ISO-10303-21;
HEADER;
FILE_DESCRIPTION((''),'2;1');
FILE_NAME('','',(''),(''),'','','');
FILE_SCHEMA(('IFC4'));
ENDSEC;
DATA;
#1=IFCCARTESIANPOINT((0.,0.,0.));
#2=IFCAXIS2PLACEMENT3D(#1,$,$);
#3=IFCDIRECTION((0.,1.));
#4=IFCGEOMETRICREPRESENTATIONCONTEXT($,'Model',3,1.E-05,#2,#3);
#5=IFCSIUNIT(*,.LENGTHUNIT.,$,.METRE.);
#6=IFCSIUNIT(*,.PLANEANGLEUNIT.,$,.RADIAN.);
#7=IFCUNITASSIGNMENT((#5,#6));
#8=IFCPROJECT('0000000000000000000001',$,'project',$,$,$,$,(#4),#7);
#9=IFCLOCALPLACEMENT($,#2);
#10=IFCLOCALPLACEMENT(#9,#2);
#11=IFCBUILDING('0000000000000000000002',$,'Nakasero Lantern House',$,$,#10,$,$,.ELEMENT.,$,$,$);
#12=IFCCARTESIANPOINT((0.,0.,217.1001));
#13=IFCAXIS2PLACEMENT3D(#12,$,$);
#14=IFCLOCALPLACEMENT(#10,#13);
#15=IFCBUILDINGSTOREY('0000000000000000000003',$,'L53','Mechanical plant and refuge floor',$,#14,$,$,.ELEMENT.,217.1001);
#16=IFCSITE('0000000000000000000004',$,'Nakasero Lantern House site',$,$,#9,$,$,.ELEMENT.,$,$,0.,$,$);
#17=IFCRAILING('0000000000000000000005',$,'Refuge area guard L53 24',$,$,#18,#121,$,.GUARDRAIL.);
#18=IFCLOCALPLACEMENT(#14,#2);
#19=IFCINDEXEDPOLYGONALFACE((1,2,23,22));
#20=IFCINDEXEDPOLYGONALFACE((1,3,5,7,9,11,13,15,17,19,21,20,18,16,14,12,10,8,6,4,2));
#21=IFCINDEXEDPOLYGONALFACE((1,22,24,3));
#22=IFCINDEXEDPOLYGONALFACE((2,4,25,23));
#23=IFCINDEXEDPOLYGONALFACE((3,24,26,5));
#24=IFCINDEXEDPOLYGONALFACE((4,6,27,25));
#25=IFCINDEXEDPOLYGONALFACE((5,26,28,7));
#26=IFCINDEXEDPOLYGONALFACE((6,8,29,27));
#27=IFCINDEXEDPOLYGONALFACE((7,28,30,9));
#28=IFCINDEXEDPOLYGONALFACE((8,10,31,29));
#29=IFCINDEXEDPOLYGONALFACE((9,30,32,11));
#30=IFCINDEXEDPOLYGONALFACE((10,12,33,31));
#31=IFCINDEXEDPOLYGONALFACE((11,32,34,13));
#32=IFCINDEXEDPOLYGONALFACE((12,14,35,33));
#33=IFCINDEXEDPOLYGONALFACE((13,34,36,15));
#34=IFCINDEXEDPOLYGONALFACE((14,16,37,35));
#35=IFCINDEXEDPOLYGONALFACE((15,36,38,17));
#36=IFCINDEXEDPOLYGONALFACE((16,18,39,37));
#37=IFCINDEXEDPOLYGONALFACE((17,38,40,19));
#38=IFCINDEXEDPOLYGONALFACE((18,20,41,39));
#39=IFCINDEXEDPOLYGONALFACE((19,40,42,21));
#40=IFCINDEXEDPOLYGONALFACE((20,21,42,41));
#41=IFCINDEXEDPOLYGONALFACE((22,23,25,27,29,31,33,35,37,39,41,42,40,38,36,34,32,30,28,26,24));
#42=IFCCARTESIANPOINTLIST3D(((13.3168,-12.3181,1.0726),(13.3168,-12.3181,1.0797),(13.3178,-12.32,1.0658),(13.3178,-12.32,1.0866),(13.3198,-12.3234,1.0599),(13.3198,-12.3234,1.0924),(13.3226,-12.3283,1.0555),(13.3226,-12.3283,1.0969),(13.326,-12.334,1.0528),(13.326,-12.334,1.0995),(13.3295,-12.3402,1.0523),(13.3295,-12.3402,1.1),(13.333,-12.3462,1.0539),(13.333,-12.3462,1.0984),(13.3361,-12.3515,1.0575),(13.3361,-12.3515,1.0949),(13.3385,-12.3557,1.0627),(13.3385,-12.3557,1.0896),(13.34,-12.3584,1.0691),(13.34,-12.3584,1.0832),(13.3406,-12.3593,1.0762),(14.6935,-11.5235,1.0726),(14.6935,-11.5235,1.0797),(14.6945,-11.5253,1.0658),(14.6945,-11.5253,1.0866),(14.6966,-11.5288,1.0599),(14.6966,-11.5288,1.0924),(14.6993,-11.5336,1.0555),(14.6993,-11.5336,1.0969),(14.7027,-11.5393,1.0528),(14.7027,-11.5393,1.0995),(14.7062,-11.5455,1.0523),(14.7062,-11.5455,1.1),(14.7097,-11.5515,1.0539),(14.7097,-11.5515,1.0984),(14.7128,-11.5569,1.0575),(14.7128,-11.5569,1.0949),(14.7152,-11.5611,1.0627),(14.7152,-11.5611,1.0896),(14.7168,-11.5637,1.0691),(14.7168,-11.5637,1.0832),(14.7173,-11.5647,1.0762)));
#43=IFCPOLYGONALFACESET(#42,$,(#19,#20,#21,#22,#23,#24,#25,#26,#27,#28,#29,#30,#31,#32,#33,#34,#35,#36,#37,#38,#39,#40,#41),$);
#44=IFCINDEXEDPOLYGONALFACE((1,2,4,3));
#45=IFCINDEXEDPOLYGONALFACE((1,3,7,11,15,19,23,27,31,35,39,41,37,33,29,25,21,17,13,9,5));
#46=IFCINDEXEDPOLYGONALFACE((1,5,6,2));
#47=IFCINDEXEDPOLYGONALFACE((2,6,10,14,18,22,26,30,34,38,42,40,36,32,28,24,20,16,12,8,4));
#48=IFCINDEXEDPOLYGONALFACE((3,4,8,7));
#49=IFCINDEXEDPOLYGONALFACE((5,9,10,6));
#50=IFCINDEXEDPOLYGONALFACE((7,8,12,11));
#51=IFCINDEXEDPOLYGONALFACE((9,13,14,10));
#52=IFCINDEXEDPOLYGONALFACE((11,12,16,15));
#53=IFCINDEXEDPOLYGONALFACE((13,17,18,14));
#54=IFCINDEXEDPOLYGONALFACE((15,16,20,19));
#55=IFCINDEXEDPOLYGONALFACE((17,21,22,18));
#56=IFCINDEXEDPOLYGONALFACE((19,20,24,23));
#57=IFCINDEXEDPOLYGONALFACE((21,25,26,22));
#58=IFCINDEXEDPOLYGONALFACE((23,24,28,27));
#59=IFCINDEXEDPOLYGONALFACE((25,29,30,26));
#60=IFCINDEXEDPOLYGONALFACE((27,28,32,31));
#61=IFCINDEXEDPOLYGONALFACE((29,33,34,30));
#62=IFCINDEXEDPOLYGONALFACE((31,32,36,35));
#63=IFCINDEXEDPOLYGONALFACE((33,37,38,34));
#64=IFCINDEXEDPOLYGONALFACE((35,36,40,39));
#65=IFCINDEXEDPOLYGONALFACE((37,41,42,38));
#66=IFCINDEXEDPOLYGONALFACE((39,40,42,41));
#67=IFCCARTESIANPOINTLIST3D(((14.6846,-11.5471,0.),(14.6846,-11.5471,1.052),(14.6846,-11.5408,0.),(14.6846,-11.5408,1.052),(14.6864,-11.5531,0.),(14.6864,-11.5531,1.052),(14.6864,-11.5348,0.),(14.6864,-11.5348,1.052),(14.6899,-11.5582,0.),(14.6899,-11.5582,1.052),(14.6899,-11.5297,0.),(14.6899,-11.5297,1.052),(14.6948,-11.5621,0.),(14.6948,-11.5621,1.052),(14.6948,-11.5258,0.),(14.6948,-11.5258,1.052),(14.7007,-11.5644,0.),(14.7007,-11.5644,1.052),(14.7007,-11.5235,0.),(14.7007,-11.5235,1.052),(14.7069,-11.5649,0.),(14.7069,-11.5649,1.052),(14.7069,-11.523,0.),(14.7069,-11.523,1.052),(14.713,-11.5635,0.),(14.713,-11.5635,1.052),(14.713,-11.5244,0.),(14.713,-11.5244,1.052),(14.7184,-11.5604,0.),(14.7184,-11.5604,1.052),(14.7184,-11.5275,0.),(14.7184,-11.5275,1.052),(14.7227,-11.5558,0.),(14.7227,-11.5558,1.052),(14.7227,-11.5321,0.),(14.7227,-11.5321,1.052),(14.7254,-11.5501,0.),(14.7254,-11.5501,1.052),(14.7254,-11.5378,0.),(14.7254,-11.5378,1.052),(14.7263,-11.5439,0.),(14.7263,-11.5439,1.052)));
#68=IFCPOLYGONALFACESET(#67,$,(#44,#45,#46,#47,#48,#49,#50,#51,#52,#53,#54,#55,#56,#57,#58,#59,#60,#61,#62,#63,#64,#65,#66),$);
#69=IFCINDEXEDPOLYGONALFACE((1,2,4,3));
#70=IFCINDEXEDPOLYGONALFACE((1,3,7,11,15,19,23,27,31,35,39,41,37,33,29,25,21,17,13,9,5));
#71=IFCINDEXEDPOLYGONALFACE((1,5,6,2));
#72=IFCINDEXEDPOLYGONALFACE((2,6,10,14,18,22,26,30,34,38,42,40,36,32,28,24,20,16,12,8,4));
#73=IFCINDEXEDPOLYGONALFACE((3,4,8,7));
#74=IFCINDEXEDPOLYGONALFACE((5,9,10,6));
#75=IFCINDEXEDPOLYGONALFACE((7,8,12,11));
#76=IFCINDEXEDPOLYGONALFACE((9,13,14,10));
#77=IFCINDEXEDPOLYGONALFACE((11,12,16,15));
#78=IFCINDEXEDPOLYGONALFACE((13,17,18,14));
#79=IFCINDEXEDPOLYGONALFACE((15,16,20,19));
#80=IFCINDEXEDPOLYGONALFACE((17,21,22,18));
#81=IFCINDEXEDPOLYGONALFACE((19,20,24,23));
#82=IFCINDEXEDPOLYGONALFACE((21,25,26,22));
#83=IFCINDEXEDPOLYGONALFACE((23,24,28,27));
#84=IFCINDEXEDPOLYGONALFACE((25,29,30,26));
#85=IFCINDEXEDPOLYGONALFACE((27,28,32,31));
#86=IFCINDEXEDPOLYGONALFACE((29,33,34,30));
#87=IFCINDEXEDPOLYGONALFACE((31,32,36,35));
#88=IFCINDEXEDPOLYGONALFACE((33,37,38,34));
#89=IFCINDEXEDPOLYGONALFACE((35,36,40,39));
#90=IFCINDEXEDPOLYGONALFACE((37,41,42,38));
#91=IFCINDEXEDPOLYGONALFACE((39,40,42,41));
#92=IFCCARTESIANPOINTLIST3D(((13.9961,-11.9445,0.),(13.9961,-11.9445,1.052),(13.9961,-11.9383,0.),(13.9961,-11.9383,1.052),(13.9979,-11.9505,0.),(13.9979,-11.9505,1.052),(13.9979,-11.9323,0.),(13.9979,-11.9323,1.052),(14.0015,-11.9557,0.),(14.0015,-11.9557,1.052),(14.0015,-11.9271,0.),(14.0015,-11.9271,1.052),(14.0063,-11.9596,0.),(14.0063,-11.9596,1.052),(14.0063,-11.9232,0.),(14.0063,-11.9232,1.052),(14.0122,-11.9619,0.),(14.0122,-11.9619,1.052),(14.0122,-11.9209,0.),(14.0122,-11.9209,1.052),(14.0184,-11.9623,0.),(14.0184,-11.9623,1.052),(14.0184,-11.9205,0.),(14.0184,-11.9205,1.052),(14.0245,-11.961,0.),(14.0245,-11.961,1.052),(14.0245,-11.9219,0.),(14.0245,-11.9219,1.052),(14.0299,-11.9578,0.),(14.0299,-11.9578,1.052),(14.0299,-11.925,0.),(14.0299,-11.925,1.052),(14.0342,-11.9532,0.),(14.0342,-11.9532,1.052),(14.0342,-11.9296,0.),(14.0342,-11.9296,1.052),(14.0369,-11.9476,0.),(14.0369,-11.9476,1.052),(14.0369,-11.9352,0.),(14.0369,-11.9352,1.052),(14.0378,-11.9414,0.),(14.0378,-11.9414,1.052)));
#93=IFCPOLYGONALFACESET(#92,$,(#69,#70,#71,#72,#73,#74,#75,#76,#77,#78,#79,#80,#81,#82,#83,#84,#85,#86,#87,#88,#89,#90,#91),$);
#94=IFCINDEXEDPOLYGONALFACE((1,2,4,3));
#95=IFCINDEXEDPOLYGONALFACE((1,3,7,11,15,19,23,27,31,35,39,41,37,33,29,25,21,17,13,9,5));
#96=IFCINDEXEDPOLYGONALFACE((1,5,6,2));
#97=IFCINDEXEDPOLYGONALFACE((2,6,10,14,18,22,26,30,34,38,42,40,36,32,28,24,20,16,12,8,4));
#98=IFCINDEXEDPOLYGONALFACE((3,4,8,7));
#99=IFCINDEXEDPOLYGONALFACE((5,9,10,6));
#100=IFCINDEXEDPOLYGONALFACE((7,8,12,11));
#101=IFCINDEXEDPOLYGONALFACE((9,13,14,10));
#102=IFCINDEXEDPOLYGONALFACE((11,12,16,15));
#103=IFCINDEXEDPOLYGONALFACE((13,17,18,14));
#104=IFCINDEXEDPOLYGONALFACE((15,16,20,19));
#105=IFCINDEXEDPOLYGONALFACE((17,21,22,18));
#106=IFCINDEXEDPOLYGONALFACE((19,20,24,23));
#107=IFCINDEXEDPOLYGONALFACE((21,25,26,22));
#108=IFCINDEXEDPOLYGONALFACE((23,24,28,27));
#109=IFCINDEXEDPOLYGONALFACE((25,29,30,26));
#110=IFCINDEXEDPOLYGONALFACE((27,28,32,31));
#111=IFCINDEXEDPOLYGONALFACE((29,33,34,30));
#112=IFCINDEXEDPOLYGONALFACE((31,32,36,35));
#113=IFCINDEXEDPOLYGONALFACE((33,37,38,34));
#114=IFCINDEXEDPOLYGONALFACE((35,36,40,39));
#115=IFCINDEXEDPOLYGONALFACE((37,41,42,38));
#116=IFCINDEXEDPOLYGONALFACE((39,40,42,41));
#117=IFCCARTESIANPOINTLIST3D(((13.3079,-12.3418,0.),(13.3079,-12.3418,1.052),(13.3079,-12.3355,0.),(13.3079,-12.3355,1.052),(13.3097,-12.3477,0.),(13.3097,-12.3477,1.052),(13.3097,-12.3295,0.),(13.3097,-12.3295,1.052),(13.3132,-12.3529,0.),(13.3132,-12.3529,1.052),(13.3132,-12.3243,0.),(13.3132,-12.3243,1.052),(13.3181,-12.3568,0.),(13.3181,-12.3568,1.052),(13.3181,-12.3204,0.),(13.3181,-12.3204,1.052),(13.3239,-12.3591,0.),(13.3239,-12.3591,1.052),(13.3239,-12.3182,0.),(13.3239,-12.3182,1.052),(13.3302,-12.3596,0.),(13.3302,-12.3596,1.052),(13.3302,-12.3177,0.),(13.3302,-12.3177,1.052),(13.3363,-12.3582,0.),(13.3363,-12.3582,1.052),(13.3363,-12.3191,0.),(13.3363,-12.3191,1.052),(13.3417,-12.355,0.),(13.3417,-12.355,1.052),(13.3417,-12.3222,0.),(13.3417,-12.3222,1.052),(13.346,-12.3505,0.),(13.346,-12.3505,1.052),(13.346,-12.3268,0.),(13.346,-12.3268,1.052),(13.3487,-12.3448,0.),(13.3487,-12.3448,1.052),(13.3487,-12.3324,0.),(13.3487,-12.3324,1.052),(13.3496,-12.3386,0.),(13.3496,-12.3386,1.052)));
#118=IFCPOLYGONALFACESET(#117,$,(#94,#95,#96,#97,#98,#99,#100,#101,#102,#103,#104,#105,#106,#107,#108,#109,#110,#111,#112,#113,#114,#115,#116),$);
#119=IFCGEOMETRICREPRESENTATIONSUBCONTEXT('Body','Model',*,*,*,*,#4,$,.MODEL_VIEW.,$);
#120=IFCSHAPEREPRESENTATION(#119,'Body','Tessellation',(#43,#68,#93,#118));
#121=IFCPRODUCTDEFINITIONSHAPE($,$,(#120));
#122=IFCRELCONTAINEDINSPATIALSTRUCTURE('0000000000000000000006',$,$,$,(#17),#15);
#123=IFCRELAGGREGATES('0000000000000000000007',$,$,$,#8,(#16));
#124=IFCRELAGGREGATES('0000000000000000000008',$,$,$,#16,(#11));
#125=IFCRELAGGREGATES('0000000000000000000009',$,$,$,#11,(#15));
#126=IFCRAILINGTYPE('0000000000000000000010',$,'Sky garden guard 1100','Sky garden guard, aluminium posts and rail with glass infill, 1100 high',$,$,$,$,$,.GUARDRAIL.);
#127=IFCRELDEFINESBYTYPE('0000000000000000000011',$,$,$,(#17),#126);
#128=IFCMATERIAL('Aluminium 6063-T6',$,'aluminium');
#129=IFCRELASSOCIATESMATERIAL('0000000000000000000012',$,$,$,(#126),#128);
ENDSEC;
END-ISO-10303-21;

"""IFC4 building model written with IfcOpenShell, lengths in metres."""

from ifc_helpers import new_model, si_unit, direction, frame, origin, origin_2d, place, context, subcontext, project, spatial, circle, extrude, material, type_object, element, save


model = new_model("IFC4")

# Units and contexts
model_context = context("Model", 3, precision=1e-05, world=origin(), true_north=direction((0.0, 1.0)))
body_context = subcontext(model_context, "Body", "Model", "MODEL_VIEW")
ifc_project = project(units=[si_unit("LENGTHUNIT", "METRE"), si_unit("PLANEANGLEUNIT", "RADIAN")], contexts=[model_context])

# Site, building, storey
site_placement = place(None, origin())
site = spatial("IfcSite", under=ifc_project, at=site_placement, Name="Nakasero Lantern House site", CompositionType="ELEMENT", RefElevation=0.0)
building_placement = place(site_placement, origin())
building = spatial("IfcBuilding", under=site, at=building_placement, Name="Nakasero Lantern House", CompositionType="ELEMENT")
storey_placement = place(building_placement, frame((0.0, 0.0, 217.1001)))
storey = spatial("IfcBuildingStorey", under=building, at=storey_placement, Name="L53", Description="Mechanical plant and refuge floor", CompositionType="ELEMENT", Elevation=217.1001)

# Railing
ifc_material_1 = material(Name="Aluminium 6063-T6", Category="aluminium")
railing_type = type_object("IfcRailingType", Name="Sky garden guard 1100", Description="Sky garden guard, aluminium posts and rail with glass infill, 1100 high", PredefinedType="GUARDRAIL", material=ifc_material_1)
railing_1_placement = place(storey_placement, frame((14.7053, -11.5439, 0.0)))
element("IfcRailing", 1, at=railing_1_placement, inside=storey, type_object=railing_type, Name="Refuge area guard L53 24", PredefinedType="GUARDRAIL", context=body_context, shape_type="SweptSolid", body=[
    extrude(circle(Radius=0.0239, at=origin_2d()), frame((0.0, 0.0, 1.0762), z_axis=(-0.866071, -0.499922, 0.0), x_axis=(0.499922, -0.866071, 0.0)), (0.0, 0.0, 1.0), 1.5896),
    extrude(circle(Radius=0.021, at=origin_2d()), origin(), (0.0, 0.0, 1.0), 1.052),
    extrude(circle(Radius=0.021, at=origin_2d()), frame((-0.6885, -0.3975, 0.0)), (0.0, 0.0, 1.0), 1.052),
    extrude(circle(Radius=0.021, at=origin_2d()), frame((-1.3767, -0.7947, 0.0)), (0.0, 0.0, 1.0), 1.052),
])

save(model, "model.ifc")
